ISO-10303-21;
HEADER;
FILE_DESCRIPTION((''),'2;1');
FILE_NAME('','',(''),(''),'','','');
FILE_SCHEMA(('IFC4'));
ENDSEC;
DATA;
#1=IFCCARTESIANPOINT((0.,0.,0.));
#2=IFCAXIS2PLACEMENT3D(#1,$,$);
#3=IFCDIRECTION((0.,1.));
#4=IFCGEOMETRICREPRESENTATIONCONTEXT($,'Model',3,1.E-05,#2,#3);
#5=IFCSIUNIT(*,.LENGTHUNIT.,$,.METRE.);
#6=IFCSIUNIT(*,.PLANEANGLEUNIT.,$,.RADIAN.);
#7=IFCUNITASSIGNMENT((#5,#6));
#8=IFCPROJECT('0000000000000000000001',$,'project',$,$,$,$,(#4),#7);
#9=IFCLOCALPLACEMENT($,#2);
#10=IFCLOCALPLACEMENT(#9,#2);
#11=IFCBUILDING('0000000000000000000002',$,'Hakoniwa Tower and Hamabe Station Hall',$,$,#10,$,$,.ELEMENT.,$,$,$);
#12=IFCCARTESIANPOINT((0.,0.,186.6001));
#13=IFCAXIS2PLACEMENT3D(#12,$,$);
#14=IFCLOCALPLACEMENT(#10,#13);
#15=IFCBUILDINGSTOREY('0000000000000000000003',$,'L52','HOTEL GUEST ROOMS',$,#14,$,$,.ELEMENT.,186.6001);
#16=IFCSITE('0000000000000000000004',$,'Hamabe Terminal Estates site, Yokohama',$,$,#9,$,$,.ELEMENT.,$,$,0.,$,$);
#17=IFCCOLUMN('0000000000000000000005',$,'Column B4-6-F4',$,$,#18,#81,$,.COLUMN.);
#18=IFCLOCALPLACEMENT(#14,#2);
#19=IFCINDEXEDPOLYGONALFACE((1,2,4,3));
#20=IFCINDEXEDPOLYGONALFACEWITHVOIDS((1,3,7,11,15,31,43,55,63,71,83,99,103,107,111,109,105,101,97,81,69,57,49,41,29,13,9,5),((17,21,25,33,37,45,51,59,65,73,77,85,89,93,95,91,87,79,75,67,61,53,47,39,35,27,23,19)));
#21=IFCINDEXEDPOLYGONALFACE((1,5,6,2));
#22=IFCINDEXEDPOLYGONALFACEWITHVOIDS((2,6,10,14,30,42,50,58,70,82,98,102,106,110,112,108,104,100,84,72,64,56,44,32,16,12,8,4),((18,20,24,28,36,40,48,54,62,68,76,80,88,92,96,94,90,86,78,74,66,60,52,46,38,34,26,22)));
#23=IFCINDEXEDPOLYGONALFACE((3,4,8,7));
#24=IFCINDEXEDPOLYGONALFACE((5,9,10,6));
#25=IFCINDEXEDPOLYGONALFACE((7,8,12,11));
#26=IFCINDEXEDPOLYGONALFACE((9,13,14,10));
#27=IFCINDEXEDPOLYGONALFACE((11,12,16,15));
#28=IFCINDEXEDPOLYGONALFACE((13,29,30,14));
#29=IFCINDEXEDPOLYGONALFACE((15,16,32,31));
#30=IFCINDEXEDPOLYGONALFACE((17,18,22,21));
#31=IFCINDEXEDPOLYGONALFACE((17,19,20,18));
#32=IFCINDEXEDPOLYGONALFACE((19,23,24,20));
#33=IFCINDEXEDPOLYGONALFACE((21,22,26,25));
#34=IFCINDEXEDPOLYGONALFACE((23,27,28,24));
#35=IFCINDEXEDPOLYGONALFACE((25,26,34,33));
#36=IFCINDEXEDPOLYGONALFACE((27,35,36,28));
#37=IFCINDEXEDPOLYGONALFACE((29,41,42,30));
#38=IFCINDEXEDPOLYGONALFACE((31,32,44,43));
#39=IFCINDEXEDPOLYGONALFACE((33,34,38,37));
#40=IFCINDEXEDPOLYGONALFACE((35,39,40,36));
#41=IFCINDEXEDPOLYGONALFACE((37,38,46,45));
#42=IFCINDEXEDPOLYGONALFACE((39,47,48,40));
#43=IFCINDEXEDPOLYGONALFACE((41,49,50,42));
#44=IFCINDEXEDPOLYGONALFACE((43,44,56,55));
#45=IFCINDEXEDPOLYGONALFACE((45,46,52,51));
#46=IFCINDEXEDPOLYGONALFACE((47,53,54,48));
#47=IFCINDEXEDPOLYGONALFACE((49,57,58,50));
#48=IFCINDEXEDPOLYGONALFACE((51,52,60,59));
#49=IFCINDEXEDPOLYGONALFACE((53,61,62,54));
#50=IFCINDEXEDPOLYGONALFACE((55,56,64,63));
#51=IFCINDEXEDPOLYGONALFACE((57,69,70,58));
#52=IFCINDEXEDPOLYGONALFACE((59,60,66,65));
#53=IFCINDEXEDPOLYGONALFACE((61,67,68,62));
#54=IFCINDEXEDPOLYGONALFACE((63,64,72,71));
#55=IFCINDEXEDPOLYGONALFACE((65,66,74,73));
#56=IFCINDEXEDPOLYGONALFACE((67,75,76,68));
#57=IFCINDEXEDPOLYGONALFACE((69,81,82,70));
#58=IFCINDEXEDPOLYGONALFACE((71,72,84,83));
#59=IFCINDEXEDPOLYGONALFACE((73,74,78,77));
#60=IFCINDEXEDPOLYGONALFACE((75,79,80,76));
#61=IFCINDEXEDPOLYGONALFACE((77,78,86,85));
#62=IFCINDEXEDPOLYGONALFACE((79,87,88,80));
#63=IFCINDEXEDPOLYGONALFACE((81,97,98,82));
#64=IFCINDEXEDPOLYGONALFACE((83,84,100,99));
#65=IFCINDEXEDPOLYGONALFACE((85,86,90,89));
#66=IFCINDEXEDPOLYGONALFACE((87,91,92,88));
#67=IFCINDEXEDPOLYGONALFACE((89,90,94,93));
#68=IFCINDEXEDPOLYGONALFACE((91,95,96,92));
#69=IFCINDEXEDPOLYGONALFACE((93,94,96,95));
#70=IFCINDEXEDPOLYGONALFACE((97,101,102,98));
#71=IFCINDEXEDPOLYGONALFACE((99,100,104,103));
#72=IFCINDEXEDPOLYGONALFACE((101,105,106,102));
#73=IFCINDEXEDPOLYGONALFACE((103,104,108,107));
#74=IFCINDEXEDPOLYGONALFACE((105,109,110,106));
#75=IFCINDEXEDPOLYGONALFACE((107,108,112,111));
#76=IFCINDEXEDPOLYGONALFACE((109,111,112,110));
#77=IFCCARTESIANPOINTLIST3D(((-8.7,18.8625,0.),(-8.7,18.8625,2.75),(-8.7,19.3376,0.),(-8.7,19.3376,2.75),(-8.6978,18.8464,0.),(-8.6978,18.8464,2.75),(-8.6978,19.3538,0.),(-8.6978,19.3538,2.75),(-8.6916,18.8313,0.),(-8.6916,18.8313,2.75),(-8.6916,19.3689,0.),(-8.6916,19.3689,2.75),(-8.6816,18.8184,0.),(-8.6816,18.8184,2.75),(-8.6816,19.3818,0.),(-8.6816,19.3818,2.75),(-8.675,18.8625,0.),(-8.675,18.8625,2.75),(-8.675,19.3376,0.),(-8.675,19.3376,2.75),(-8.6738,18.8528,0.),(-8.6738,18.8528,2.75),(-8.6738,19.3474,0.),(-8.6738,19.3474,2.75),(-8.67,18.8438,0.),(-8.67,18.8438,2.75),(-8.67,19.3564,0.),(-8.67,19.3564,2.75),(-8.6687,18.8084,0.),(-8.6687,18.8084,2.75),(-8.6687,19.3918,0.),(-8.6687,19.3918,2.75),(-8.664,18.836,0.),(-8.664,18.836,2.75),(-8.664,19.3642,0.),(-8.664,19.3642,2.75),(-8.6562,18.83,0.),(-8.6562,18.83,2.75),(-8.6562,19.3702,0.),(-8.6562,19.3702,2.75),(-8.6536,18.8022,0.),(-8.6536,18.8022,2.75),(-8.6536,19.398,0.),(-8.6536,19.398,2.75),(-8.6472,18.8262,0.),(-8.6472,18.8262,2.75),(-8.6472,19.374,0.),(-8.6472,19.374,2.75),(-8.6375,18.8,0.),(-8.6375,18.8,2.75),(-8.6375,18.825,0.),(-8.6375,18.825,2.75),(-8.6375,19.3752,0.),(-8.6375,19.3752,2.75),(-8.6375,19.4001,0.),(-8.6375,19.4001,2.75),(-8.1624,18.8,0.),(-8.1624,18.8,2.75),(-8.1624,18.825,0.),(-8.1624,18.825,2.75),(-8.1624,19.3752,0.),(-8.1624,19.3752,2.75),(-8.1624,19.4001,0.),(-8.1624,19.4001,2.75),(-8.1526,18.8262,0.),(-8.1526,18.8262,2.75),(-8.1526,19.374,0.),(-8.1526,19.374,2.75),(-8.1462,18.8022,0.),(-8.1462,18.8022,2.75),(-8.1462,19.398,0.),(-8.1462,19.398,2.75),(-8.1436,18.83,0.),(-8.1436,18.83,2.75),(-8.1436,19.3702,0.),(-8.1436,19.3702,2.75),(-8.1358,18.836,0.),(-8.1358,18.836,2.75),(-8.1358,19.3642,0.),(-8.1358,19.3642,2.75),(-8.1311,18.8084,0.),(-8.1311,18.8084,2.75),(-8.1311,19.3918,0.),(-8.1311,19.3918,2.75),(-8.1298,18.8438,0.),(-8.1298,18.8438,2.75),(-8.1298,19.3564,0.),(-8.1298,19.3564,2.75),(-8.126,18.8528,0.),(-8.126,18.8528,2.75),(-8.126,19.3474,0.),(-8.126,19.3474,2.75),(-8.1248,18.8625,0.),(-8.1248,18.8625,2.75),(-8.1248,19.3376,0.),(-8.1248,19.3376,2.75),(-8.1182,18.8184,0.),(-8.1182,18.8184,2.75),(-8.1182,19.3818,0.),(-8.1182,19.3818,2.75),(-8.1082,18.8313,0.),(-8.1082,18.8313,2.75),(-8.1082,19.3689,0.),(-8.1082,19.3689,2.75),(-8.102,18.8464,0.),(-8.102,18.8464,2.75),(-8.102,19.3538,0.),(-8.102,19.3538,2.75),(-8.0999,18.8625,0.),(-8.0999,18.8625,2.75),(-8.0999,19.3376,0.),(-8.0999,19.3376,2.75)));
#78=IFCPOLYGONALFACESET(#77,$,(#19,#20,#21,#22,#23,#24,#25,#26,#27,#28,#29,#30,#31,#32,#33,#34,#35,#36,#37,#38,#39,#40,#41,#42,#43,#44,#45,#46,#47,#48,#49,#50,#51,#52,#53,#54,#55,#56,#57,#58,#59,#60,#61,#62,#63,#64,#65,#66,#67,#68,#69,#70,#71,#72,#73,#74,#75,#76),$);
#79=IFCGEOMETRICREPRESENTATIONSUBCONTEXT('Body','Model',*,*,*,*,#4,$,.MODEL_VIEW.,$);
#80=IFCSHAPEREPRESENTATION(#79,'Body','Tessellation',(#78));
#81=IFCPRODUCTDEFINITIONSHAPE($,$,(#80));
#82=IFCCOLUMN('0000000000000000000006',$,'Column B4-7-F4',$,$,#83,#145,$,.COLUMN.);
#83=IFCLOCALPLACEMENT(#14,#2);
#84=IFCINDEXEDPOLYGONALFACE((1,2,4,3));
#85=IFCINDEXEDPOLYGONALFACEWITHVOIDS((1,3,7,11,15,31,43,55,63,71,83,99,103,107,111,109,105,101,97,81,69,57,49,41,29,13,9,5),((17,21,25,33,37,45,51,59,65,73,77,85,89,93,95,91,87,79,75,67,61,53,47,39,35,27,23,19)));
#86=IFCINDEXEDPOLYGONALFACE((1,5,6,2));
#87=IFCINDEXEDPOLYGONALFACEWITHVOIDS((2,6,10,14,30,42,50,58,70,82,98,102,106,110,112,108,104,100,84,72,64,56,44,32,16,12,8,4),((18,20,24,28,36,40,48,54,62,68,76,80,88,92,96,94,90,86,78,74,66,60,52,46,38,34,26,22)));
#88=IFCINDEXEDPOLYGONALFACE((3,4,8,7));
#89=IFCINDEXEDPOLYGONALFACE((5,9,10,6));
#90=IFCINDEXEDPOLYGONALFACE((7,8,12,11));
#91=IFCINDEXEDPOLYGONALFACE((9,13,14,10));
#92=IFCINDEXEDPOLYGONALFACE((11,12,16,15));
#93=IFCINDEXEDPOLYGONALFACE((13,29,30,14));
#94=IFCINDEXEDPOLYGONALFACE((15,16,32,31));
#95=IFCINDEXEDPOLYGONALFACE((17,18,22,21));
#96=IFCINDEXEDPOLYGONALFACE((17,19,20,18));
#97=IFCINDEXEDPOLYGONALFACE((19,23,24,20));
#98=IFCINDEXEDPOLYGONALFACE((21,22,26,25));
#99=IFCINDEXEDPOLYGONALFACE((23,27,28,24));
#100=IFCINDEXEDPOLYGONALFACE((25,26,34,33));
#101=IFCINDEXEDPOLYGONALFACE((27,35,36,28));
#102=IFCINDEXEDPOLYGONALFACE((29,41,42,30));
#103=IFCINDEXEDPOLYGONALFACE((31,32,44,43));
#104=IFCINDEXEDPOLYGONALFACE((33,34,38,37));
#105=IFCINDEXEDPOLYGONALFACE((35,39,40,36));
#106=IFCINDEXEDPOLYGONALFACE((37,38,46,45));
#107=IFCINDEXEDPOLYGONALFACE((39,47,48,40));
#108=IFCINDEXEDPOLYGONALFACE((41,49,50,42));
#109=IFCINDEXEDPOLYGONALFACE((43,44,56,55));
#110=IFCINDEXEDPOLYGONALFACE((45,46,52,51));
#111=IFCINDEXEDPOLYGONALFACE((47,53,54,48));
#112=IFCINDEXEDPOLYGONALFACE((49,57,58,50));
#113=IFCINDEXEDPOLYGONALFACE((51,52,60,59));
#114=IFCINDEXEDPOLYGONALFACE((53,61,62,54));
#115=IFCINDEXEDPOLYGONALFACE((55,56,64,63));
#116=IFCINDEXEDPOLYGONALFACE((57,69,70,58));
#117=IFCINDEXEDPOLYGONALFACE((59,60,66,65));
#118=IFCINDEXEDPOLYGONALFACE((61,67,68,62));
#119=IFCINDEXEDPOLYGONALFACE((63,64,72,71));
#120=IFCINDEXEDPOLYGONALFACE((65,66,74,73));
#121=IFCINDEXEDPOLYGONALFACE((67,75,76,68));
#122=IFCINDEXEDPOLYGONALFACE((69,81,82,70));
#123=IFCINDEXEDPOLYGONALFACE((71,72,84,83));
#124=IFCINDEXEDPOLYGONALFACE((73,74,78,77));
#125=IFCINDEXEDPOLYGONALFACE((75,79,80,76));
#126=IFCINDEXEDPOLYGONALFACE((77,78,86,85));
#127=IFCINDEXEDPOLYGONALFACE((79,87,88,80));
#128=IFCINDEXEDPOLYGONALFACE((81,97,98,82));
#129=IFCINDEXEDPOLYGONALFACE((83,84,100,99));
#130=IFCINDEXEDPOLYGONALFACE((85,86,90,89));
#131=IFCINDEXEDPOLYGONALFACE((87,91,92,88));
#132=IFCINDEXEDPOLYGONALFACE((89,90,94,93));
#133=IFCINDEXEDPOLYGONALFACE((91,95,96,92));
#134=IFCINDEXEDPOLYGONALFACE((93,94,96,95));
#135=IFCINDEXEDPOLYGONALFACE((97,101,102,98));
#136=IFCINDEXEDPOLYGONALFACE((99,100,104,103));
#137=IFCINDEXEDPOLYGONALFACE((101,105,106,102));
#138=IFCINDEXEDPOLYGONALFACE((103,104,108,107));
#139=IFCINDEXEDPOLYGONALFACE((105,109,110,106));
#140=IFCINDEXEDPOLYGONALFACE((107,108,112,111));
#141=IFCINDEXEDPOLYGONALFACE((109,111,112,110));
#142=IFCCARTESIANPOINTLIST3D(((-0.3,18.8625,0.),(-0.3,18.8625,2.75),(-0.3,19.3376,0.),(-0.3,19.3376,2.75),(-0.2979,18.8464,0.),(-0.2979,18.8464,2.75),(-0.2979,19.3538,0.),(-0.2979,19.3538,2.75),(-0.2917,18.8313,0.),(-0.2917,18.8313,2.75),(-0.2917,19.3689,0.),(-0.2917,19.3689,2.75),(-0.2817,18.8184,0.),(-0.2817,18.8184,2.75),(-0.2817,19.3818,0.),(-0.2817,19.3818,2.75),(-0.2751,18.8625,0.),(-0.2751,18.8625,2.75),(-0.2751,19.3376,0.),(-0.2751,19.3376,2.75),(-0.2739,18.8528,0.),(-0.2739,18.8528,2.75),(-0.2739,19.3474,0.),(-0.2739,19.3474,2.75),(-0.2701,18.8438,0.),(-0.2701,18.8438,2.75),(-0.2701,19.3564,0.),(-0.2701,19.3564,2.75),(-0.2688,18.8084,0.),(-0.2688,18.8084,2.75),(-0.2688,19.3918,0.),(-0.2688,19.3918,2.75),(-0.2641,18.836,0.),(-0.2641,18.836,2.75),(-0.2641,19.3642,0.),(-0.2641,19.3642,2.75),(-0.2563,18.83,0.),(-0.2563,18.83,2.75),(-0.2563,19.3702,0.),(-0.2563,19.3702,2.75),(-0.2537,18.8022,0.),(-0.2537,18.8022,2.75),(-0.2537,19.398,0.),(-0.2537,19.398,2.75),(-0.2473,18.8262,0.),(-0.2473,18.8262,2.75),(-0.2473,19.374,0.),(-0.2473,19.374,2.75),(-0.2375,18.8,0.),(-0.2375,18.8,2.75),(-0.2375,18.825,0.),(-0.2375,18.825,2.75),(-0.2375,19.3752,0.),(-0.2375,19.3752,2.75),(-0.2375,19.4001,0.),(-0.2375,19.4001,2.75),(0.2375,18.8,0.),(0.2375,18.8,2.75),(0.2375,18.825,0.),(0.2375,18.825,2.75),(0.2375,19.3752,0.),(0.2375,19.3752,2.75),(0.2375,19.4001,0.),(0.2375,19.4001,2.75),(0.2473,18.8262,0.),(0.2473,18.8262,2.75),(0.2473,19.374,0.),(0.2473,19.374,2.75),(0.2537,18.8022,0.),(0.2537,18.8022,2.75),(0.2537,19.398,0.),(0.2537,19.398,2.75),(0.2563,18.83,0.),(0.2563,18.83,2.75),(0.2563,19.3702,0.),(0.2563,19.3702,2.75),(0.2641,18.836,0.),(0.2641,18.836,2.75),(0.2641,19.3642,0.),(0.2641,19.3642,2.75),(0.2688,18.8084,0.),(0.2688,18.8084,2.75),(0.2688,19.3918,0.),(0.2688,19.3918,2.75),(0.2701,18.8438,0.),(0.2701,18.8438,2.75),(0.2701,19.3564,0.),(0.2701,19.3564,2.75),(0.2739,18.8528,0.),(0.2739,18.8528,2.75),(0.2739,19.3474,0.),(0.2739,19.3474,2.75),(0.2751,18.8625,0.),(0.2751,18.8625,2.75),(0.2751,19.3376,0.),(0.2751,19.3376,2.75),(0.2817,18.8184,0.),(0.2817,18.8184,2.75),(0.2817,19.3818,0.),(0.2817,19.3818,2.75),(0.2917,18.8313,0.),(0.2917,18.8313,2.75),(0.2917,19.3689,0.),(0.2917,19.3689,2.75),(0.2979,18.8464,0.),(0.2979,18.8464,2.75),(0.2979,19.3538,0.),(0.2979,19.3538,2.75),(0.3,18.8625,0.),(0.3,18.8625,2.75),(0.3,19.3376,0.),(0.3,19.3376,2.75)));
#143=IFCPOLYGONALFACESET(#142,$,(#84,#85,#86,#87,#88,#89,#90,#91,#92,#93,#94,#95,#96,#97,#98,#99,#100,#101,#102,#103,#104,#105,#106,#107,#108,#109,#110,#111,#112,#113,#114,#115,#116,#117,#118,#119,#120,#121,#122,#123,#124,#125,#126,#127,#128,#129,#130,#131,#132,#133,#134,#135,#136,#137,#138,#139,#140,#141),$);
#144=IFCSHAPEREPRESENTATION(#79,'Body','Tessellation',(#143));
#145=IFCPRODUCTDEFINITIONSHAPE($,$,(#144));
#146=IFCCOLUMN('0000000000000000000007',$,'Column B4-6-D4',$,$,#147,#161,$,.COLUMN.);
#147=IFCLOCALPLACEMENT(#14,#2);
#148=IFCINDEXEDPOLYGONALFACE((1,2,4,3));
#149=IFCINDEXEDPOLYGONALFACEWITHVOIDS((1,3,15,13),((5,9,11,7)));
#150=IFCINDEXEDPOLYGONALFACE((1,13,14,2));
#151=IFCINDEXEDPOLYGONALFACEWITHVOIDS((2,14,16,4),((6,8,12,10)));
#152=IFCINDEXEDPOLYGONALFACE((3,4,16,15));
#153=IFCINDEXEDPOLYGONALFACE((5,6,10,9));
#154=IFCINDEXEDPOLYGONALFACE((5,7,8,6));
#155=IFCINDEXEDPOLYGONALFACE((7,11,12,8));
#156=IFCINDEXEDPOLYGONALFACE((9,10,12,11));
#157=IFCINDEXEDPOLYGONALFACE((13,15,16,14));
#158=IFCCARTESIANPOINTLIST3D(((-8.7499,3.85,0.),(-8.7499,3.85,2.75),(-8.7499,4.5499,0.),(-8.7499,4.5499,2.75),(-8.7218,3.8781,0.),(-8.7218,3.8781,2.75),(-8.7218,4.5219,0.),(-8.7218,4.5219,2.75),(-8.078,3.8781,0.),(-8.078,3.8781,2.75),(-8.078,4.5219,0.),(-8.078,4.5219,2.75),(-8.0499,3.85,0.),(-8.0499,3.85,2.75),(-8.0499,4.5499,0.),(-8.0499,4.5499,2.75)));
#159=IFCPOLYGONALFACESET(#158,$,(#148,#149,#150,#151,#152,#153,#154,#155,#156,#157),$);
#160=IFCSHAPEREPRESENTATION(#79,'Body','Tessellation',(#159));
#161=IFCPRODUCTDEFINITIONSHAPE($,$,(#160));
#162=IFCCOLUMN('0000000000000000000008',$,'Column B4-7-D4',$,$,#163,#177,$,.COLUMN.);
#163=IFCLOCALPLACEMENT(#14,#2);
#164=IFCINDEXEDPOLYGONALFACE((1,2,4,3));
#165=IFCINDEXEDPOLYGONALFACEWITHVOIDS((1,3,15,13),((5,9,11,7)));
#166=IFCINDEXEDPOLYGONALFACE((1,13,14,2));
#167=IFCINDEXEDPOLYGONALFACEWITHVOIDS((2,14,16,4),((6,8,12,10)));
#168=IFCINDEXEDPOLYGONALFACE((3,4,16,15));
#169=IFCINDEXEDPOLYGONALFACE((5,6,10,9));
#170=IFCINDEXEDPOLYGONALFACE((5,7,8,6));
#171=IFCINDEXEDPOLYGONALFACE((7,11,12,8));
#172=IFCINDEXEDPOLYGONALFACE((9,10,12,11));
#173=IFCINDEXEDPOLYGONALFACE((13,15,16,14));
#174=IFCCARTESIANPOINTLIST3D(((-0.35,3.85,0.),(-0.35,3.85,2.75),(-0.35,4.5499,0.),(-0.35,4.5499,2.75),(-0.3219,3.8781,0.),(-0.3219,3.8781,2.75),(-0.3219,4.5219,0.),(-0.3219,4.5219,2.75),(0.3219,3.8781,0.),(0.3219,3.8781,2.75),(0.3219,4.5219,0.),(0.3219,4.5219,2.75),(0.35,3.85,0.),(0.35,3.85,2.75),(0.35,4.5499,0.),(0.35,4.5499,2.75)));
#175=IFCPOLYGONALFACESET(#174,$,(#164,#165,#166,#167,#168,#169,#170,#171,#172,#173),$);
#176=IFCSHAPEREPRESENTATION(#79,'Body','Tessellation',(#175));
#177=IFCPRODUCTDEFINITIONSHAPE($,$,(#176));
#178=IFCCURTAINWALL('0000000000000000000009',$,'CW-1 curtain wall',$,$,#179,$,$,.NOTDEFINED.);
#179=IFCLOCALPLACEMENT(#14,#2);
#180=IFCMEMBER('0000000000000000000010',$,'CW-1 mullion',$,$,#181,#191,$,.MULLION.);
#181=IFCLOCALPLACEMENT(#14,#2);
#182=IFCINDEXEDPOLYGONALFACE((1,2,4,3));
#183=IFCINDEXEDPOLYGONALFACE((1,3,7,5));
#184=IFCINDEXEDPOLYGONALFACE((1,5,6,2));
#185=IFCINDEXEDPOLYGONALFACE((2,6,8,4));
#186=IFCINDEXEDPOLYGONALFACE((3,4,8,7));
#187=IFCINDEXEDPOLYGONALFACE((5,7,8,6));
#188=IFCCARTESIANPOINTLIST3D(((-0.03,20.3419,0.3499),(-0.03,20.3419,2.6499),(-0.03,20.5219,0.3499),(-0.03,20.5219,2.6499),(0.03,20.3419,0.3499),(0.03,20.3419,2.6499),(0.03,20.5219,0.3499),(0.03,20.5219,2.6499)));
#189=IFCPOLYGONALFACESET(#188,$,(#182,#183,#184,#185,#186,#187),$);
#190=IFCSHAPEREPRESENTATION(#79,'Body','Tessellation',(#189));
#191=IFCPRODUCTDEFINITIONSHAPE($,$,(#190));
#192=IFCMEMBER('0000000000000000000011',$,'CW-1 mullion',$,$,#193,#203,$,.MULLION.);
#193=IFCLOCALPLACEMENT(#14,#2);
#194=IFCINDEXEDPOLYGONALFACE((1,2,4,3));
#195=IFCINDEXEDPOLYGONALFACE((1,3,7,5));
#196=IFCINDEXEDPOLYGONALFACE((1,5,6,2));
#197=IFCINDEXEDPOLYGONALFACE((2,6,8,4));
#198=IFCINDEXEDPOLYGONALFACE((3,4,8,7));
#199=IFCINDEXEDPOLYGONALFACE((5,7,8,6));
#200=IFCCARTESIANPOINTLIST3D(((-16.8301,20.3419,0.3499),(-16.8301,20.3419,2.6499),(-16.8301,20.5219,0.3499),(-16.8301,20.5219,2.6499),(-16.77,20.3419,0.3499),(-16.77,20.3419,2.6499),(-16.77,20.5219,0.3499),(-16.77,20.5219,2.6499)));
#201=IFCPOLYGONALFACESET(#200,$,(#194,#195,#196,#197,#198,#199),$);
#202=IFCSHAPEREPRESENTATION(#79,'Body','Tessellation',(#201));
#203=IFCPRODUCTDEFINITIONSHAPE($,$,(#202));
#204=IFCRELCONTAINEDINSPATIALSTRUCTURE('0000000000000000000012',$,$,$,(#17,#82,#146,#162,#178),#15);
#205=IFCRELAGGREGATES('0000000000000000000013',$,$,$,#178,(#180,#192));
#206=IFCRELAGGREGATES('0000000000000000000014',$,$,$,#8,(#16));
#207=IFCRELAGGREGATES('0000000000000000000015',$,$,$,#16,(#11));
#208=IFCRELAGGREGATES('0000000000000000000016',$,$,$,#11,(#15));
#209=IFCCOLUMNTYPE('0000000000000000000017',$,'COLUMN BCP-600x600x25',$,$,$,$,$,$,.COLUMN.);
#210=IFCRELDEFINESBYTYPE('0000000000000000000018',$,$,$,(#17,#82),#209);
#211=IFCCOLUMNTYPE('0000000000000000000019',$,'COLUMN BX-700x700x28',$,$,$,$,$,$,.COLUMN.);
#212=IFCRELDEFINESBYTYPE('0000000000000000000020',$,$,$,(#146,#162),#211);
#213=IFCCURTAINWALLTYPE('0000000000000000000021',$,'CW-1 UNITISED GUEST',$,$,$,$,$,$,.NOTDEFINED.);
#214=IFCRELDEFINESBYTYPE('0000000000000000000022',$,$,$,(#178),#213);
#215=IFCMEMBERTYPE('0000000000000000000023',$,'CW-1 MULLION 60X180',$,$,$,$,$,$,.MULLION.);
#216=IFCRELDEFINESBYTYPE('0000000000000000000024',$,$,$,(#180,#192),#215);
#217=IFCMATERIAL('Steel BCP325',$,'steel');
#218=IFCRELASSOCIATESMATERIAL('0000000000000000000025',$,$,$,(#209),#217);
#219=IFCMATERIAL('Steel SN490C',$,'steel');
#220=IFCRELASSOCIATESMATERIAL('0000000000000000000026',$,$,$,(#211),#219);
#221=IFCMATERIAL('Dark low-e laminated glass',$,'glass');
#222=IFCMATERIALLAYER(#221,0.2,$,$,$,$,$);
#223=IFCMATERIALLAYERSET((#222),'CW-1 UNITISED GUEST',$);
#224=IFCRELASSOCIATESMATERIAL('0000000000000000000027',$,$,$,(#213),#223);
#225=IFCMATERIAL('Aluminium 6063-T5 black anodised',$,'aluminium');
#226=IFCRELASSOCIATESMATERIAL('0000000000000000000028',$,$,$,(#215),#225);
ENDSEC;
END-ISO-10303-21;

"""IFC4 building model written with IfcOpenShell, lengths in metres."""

from ifc_helpers import new_model, si_unit, direction, frame, origin, origin_2d, place, context, subcontext, project, spatial, rectangle, hollow_rectangle, extrude, material, layer, layer_set, material_profile, profile_set, type_object, element, aggregate, save


model = new_model("IFC4")

# Units and contexts
model_context = context("Model", 3, precision=1e-05, world=origin(), true_north=direction((0.0, 1.0)))
body_context = subcontext(model_context, "Body", "Model", "MODEL_VIEW")
ifc_project = project(units=[si_unit("LENGTHUNIT", "METRE"), si_unit("PLANEANGLEUNIT", "RADIAN")], contexts=[model_context])

# Site, building, storey
site_placement = place(None, origin())
site = spatial("IfcSite", under=ifc_project, at=site_placement, Name="Hamabe Terminal Estates site, Yokohama", CompositionType="ELEMENT", RefElevation=0.0)
building_placement = place(site_placement, origin())
building = spatial("IfcBuilding", under=site, at=building_placement, Name="Hakoniwa Tower and Hamabe Station Hall", CompositionType="ELEMENT")
storey_placement = place(building_placement, frame((0.0, 0.0, 186.6001)))
storey = spatial("IfcBuildingStorey", under=building, at=storey_placement, Name="L52", Description="HOTEL GUEST ROOMS", CompositionType="ELEMENT", Elevation=186.6001)

# Columns
ifc_material_1 = material(Name="Steel BCP325", Category="steel")
ifc_material_profile_1 = material_profile(ifc_material_1, hollow_rectangle(XDim=0.6001, YDim=0.6001, WallThickness=0.0249, InnerFilletRadius=0.0376, OuterFilletRadius=0.0625, at=origin_2d()), Name="BCP-600x600x25")
ifc_profile_set_1 = profile_set([ifc_material_profile_1], Name="Steel BCP325")
column_type_1 = type_object("IfcColumnType", Name="COLUMN BCP-600x600x25", PredefinedType="COLUMN", material=ifc_profile_set_1)
for number, where, z_axis, x_axis, name in (
    (1, (-8.3999, 19.1001, 0.0), (0.0, 0.0, 1.0), (1.0, 0.0, 0.0), "Column B4-6-F4"),
    (2, (0.0, 19.1001, 0.0), (0.0, 0.0, 1.0), (1.0, 0.0, 0.0), "Column B4-7-F4"),
):
    element("IfcColumn", number, at=place(storey_placement, frame(where, z_axis=z_axis, x_axis=x_axis)), inside=storey, type_object=column_type_1, Name=name, PredefinedType="COLUMN", context=body_context, shape_type="SweptSolid", body=[
        extrude(hollow_rectangle(XDim=0.6001, YDim=0.6001, WallThickness=0.0249, InnerFilletRadius=0.0376, OuterFilletRadius=0.0625, at=origin_2d()), origin(), (0.0, 0.0, 1.0), 2.75),
    ])
ifc_material_2 = material(Name="Steel SN490C", Category="steel")
ifc_material_profile_2 = material_profile(ifc_material_2, hollow_rectangle(XDim=0.7, YDim=0.7, WallThickness=0.0281, at=origin_2d()), Name="BX-700x700x28")
ifc_profile_set_2 = profile_set([ifc_material_profile_2], Name="Steel SN490C")
column_type_2 = type_object("IfcColumnType", Name="COLUMN BX-700x700x28", PredefinedType="COLUMN", material=ifc_profile_set_2)
for number, where, z_axis, x_axis, name in (
    (3, (-8.3999, 4.2, 0.0), (0.0, 0.0, 1.0), (1.0, 0.0, 0.0), "Column B4-6-D4"),
    (4, (0.0, 4.2, 0.0), (0.0, 0.0, 1.0), (1.0, 0.0, 0.0), "Column B4-7-D4"),
):
    element("IfcColumn", number, at=place(storey_placement, frame(where, z_axis=z_axis, x_axis=x_axis)), inside=storey, type_object=column_type_2, Name=name, PredefinedType="COLUMN", context=body_context, shape_type="SweptSolid", body=[
        extrude(hollow_rectangle(XDim=0.7, YDim=0.7, WallThickness=0.0281, at=origin_2d()), origin(), (0.0, 0.0, 1.0), 2.75),
    ])

# Curtain wall, members
ifc_material_3 = material(Name="Dark low-e laminated glass", Category="glass")
ifc_layer_1 = layer(ifc_material_3, 0.2)
ifc_layer_set_1 = layer_set([ifc_layer_1], Name="CW-1 UNITISED GUEST")
curtain_wall_type = type_object("IfcCurtainWallType", Name="CW-1 UNITISED GUEST", PredefinedType="NOTDEFINED", material=ifc_layer_set_1)
curtain_wall_placement = place(storey_placement, origin())
curtain_wall = element("IfcCurtainWall", 5, at=curtain_wall_placement, inside=storey, type_object=curtain_wall_type, Name="CW-1 curtain wall", PredefinedType="NOTDEFINED")
ifc_material_4 = material(Name="Aluminium 6063-T5 black anodised", Category="aluminium")
ifc_material_profile_3 = material_profile(ifc_material_4, rectangle(XDim=0.0601, YDim=0.1799, at=origin_2d()), Name="CW-1 MULLION 60X180")
ifc_profile_set_3 = profile_set([ifc_material_profile_3], Name="Aluminium 6063-T5 black anodised")
member_type = type_object("IfcMemberType", Name="CW-1 MULLION 60X180", PredefinedType="MULLION", material=ifc_profile_set_3)
member_1_placement = place(storey_placement, frame((0.0, 20.4319, 0.3499), z_axis=(0.0, 0.0, 1.0), x_axis=(-1.0, 0.0, 0.0)))
member_1 = element("IfcMember", 6, at=member_1_placement, type_object=member_type, Name="CW-1 mullion", PredefinedType="MULLION", context=body_context, shape_type="SweptSolid", body=[
    extrude(rectangle(XDim=0.0601, YDim=0.1799, at=origin_2d()), origin(), (0.0, 0.0, 1.0), 2.3),
])
member_2_placement = place(storey_placement, frame((-16.8, 20.4319, 0.3499), z_axis=(0.0, 0.0, 1.0), x_axis=(-1.0, 0.0, 0.0)))
member_2 = element("IfcMember", 7, at=member_2_placement, type_object=member_type, Name="CW-1 mullion", PredefinedType="MULLION", context=body_context, shape_type="SweptSolid", body=[
    extrude(rectangle(XDim=0.0601, YDim=0.1799, at=origin_2d()), origin(), (0.0, 0.0, 1.0), 2.3),
])
aggregate(curtain_wall, [member_1, member_2])

save(model, "model.ifc")
